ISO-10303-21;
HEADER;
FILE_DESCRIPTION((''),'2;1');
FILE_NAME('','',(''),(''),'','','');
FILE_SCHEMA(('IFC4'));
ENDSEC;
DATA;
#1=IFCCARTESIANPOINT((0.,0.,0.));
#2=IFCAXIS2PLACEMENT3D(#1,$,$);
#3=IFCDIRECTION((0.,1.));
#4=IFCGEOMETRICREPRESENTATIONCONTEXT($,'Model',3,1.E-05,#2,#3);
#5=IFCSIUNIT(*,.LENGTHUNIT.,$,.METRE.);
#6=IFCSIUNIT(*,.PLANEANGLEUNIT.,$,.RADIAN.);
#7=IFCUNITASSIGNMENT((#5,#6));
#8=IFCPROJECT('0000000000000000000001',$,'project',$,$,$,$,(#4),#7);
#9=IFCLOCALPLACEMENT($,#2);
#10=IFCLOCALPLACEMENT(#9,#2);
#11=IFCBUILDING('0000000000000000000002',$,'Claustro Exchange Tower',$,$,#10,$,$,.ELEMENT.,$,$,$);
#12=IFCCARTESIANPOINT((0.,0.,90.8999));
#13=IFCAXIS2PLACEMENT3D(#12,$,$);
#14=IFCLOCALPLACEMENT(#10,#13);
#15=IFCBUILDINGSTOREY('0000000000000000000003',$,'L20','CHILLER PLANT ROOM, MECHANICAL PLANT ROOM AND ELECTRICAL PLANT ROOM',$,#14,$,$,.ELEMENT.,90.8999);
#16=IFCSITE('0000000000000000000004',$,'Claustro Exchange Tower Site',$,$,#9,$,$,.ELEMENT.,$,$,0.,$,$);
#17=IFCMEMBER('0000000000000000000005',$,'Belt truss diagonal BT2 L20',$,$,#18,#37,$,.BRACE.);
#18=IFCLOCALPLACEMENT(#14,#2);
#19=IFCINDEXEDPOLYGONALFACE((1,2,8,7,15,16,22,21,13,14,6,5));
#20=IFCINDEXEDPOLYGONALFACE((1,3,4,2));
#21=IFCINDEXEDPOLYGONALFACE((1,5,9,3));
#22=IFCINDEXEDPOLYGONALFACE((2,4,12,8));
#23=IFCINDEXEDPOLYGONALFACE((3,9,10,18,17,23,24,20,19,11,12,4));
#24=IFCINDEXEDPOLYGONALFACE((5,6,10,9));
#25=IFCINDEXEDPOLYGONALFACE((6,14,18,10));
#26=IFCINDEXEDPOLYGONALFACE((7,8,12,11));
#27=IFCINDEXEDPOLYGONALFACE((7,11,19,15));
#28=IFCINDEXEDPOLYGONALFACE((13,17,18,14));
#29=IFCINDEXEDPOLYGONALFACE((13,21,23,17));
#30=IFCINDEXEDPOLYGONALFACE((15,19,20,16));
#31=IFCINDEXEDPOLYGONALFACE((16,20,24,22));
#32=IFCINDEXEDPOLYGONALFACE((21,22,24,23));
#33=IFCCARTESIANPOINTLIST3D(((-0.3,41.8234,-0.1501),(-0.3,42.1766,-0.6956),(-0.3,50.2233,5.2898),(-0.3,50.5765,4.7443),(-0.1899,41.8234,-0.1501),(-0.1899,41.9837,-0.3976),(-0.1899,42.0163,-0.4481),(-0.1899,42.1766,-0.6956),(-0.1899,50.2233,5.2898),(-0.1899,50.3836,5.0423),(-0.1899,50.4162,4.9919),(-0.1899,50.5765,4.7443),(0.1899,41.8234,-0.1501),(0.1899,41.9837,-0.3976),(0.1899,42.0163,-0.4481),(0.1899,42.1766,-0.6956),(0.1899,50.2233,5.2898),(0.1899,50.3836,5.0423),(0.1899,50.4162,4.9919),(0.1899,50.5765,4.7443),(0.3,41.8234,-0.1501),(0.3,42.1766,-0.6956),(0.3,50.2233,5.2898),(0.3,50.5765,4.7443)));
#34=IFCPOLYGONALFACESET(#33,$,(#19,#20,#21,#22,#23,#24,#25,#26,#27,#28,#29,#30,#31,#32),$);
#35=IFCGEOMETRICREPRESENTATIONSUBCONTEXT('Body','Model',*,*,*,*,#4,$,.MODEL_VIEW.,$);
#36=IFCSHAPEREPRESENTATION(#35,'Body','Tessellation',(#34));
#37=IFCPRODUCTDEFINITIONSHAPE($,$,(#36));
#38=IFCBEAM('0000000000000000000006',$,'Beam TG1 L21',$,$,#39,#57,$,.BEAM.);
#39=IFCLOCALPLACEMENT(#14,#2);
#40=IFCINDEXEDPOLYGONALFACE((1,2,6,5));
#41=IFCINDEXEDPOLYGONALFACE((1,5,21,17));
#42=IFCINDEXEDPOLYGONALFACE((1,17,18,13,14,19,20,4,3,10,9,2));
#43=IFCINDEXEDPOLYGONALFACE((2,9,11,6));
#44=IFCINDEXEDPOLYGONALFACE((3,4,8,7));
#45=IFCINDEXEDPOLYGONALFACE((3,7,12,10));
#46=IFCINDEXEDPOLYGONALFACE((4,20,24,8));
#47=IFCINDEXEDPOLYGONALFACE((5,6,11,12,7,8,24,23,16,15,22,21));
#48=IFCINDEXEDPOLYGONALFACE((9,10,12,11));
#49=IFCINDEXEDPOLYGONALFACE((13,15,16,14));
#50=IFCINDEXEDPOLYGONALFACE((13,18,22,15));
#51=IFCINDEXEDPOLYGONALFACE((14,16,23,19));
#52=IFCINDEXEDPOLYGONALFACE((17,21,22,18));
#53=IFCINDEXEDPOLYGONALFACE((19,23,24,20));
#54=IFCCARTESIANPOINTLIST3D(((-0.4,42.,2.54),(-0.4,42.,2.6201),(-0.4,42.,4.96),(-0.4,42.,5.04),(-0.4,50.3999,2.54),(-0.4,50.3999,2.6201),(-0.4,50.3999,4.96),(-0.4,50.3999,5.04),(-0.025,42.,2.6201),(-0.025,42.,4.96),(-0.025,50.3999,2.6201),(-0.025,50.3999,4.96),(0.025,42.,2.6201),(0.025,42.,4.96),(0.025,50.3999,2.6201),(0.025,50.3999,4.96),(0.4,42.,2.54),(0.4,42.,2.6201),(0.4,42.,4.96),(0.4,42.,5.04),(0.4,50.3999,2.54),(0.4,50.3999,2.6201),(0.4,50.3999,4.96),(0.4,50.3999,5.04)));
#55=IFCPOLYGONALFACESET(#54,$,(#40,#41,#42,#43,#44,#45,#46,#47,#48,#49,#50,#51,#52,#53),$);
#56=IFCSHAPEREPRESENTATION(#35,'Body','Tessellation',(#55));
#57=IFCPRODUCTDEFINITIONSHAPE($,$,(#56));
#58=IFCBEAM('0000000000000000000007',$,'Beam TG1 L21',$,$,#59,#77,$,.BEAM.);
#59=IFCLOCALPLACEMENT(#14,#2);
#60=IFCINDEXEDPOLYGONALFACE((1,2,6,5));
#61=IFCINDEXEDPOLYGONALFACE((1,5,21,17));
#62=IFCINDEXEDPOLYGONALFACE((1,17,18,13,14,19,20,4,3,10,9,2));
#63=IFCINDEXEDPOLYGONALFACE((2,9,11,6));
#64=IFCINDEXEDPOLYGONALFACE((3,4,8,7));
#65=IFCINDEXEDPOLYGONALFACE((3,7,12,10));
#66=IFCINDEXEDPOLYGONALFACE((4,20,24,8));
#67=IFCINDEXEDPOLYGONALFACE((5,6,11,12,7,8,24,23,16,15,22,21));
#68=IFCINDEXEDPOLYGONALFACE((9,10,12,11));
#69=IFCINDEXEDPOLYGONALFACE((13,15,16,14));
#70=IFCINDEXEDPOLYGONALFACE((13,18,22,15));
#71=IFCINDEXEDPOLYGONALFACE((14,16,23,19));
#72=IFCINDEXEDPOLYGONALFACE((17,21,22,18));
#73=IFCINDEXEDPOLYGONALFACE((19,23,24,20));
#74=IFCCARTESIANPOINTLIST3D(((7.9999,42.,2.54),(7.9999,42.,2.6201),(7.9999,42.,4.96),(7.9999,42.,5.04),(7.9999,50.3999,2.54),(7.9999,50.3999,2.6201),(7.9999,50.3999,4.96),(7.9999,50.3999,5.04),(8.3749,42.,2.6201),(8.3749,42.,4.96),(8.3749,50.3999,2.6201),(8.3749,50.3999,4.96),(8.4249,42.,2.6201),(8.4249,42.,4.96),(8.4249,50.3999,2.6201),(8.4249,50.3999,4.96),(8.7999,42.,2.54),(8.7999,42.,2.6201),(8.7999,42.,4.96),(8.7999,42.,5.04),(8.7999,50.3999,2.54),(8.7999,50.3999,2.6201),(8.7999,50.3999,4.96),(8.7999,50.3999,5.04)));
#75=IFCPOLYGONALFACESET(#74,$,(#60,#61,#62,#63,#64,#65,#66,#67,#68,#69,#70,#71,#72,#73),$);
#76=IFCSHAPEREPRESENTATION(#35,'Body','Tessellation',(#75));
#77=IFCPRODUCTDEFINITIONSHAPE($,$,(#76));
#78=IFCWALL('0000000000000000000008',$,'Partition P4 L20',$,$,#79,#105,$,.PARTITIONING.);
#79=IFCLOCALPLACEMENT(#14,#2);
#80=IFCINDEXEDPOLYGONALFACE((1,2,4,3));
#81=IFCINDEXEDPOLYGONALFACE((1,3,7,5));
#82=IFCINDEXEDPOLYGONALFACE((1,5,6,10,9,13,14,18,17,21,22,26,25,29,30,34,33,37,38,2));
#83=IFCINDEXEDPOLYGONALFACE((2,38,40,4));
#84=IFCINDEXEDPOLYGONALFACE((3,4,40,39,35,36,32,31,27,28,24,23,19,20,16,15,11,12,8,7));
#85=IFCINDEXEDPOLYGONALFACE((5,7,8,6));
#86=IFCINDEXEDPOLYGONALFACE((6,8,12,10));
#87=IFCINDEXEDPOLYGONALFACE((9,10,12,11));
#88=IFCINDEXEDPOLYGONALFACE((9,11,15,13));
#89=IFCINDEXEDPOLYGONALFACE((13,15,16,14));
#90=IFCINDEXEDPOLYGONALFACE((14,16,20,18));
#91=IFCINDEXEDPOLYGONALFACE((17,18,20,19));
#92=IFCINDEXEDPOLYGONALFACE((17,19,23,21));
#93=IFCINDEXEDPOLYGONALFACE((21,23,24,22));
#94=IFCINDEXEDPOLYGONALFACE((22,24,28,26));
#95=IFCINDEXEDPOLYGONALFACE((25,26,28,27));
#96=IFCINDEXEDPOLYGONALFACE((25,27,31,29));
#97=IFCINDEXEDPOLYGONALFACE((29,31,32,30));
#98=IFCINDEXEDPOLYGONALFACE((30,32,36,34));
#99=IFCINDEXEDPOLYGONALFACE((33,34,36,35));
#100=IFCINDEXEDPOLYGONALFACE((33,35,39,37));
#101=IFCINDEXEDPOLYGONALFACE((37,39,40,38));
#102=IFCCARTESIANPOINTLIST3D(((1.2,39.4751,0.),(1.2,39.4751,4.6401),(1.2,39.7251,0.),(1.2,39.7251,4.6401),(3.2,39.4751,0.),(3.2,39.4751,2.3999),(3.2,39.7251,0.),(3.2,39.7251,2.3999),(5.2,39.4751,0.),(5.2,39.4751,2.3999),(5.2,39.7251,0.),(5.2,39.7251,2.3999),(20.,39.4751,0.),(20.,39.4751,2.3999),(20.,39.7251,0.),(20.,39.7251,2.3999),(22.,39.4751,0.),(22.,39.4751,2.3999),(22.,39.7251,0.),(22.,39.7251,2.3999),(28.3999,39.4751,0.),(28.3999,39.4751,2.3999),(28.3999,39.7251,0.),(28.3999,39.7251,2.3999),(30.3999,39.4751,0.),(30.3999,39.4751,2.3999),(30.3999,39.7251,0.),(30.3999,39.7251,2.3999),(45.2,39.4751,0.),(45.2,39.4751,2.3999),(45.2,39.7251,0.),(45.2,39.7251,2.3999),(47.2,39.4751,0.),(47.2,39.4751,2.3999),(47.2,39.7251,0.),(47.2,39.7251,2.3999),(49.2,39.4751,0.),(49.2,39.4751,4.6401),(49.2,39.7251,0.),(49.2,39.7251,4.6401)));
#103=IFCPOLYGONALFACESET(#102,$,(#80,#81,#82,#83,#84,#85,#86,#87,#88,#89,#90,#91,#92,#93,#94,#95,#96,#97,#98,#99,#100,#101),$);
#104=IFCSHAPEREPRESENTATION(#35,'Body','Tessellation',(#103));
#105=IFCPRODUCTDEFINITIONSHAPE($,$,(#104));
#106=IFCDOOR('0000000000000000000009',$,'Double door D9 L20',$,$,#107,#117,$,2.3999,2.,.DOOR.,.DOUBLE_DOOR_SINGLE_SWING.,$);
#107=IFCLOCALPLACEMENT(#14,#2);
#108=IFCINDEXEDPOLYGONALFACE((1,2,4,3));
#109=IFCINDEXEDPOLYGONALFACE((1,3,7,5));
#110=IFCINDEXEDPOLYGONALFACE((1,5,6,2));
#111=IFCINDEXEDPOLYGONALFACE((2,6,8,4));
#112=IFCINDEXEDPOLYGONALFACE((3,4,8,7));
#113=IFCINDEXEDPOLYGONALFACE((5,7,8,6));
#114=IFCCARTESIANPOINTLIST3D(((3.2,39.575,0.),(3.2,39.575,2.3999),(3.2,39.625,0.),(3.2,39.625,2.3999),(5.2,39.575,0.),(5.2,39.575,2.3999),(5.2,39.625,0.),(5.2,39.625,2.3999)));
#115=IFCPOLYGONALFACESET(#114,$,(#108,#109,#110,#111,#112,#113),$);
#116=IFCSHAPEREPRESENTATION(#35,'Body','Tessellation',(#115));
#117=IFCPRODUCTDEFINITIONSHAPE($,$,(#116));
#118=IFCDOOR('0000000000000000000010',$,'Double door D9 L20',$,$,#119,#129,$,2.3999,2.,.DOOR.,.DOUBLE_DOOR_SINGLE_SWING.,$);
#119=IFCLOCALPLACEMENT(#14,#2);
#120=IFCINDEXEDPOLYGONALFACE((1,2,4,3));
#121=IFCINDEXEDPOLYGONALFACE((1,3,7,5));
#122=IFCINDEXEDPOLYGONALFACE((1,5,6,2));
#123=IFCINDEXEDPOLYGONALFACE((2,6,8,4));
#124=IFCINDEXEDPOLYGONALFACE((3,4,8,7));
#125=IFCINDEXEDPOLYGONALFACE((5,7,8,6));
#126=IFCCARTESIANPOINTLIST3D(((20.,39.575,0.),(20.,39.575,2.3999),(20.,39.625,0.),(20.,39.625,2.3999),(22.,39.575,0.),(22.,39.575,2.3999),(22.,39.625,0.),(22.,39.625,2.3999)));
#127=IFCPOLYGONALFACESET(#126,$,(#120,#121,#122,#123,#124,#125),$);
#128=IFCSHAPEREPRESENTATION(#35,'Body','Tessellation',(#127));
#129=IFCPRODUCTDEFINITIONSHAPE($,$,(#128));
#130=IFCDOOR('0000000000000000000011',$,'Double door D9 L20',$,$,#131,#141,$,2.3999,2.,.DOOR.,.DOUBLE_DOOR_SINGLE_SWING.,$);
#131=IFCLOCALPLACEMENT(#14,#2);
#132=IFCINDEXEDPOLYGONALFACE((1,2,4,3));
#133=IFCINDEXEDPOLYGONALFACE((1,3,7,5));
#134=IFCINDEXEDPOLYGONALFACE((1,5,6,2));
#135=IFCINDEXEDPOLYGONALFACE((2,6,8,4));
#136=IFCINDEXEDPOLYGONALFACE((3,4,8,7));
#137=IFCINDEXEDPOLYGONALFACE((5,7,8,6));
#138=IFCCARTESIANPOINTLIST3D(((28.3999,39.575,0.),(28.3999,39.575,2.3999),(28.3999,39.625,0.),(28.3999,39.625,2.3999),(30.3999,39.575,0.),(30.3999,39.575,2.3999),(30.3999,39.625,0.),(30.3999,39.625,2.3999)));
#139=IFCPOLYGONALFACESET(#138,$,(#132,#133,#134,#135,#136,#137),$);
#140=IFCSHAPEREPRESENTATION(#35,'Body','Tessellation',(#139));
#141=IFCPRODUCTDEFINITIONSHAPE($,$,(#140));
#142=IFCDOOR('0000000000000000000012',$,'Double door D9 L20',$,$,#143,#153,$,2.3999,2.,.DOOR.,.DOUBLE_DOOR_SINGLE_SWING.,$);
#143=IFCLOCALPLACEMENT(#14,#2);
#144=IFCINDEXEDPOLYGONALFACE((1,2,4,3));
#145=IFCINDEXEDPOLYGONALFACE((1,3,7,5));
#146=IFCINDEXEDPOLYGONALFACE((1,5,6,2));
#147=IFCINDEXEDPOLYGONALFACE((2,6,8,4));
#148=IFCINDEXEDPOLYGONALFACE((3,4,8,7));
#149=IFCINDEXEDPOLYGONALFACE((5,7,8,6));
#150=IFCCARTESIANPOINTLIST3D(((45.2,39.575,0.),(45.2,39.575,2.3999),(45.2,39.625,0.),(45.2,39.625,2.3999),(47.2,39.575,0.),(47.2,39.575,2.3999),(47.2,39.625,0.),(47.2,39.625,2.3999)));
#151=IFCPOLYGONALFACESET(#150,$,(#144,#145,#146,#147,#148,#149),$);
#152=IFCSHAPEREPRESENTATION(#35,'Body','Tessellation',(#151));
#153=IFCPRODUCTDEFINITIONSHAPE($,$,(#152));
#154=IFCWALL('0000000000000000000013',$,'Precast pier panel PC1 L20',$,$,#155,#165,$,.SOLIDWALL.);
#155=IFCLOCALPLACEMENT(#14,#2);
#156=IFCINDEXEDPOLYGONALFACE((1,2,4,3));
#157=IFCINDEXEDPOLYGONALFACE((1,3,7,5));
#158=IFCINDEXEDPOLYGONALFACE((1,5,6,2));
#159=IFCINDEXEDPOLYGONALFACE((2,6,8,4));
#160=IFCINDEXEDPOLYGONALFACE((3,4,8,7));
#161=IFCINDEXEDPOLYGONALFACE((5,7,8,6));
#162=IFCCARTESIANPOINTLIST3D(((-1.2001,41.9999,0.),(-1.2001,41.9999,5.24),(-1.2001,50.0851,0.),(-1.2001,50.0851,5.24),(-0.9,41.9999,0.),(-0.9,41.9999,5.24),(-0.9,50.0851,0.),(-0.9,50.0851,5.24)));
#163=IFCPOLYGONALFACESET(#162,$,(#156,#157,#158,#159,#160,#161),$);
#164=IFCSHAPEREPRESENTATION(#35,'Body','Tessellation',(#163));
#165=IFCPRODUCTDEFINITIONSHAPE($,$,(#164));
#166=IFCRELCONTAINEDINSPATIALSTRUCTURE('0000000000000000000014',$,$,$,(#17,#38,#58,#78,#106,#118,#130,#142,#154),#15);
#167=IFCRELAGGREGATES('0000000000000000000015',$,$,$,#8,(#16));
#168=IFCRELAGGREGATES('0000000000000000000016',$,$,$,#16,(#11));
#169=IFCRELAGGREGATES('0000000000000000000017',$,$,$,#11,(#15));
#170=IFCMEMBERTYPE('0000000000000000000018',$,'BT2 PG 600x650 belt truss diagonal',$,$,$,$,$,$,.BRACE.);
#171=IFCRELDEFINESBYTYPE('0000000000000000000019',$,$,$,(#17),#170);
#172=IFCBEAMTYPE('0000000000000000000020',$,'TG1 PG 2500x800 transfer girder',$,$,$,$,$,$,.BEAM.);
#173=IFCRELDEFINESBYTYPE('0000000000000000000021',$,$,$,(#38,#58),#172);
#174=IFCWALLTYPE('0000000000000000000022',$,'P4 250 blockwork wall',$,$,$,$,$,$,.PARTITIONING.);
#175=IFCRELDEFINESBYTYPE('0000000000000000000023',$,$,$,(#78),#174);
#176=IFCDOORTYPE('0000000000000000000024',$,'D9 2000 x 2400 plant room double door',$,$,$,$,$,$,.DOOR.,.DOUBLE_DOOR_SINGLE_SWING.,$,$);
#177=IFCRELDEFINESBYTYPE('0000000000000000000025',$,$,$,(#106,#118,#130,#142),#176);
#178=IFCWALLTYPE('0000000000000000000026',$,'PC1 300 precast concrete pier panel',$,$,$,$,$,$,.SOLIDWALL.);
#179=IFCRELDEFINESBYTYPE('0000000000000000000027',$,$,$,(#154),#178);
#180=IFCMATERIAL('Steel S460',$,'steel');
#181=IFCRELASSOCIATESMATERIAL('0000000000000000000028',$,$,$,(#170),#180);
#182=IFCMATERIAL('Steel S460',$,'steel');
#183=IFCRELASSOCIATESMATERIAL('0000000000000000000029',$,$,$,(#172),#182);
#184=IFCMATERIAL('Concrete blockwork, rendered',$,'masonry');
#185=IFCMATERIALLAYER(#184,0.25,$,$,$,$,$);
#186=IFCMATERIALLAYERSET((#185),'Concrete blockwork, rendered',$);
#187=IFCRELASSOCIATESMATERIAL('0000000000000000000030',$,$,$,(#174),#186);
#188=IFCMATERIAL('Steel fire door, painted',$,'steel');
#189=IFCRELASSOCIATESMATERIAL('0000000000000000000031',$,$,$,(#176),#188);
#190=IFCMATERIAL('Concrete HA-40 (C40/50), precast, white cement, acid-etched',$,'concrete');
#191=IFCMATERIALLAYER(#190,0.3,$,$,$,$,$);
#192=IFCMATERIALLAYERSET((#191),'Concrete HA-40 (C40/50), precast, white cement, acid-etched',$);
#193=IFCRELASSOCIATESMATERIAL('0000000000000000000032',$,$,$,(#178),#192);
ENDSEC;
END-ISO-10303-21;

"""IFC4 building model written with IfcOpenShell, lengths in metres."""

from ifc_helpers import new_model, si_unit, direction, frame, frame_2d, origin, origin_2d, place, context, subcontext, project, spatial, rectangle, i_section, extrude, material, layer, layer_set, material_profile, profile_set, type_object, element, fill, save


model = new_model("IFC4")

# Units and contexts
model_context = context("Model", 3, precision=1e-05, world=origin(), true_north=direction((0.0, 1.0)))
body_context = subcontext(model_context, "Body", "Model", "MODEL_VIEW")
ifc_project = project(units=[si_unit("LENGTHUNIT", "METRE"), si_unit("PLANEANGLEUNIT", "RADIAN")], contexts=[model_context])

# Site, building, storey
site_placement = place(None, origin())
site = spatial("IfcSite", under=ifc_project, at=site_placement, Name="Claustro Exchange Tower Site", CompositionType="ELEMENT", RefElevation=0.0)
building_placement = place(site_placement, origin())
building = spatial("IfcBuilding", under=site, at=building_placement, Name="Claustro Exchange Tower", CompositionType="ELEMENT")
storey_placement = place(building_placement, frame((0.0, 0.0, 90.8999)))
storey = spatial("IfcBuildingStorey", under=building, at=storey_placement, Name="L20", Description="CHILLER PLANT ROOM, MECHANICAL PLANT ROOM AND ELECTRICAL PLANT ROOM", CompositionType="ELEMENT", Elevation=90.8999)

# Member
ifc_material_1 = material(Name="Steel S460", Category="steel")
ifc_material_profile_1 = material_profile(ifc_material_1, i_section(OverallWidth=0.6499, OverallDepth=0.6001, WebThickness=0.0601, FlangeThickness=0.1101, at=origin_2d()), Name="PG 600x650")
ifc_profile_set_1 = profile_set([ifc_material_profile_1], Name="Steel S460")
member_type = type_object("IfcMemberType", Name="BT2 PG 600x650 belt truss diagonal", PredefinedType="BRACE", material=ifc_profile_set_1)
member_1_placement = place(storey_placement, frame((0.0, 42.0, -0.4229), z_axis=(0.0, 0.839355, 0.543583), x_axis=(0.0, -0.543583, 0.839355)))
element("IfcMember", 1, at=member_1_placement, inside=storey, type_object=member_type, Name="Belt truss diagonal BT2 L20", PredefinedType="BRACE", context=body_context, shape_type="SweptSolid", body=[
    extrude(i_section(OverallWidth=0.6499, OverallDepth=0.6001, WebThickness=0.0601, FlangeThickness=0.1101, at=origin_2d()), origin(), (0.0, 0.0, 1.0), 10.0076),
])

# Beams
ifc_material_2 = material(Name="Steel S460", Category="steel")
ifc_material_profile_2 = material_profile(ifc_material_2, i_section(OverallWidth=0.8, OverallDepth=2.5, WebThickness=0.05, FlangeThickness=0.0801, at=origin_2d()), Name="PG 2500x800")
ifc_profile_set_2 = profile_set([ifc_material_profile_2], Name="Steel S460")
beam_type_1 = type_object("IfcBeamType", Name="TG1 PG 2500x800 transfer girder", PredefinedType="BEAM", material=ifc_profile_set_2)
for number, where, z_axis, x_axis, name in (
    (2, (0.0, 42.0, 3.79), (0.0, 1.0, 0.0), (-1.0, 0.0, 0.0), "Beam TG1 L21"),
    (3, (8.3999, 42.0, 3.79), (0.0, 1.0, 0.0), (-1.0, 0.0, 0.0), "Beam TG1 L21"),
):
    element("IfcBeam", number, at=place(storey_placement, frame(where, z_axis=z_axis, x_axis=x_axis)), inside=storey, type_object=beam_type_1, Name=name, PredefinedType="BEAM", context=body_context, shape_type="SweptSolid", body=[
        extrude(i_section(OverallWidth=0.8, OverallDepth=2.5, WebThickness=0.05, FlangeThickness=0.0801, at=origin_2d()), origin(), (0.0, 0.0, 1.0), 8.3999),
    ])

# Wall, openings, doors
ifc_material_3 = material(Name="Concrete blockwork, rendered", Category="masonry")
ifc_layer_1 = layer(ifc_material_3, 0.25)
ifc_layer_set_1 = layer_set([ifc_layer_1], Name="Concrete blockwork, rendered")
wall_type_1 = type_object("IfcWallType", Name="P4 250 blockwork wall", PredefinedType="PARTITIONING", material=ifc_layer_set_1)
wall_1_placement = place(storey_placement, frame((1.2, 39.6001, 0.0), z_axis=(0.0, 0.0, 1.0), x_axis=(1.0, 0.0, 0.0)))
wall_1 = element("IfcWall", 4, at=wall_1_placement, inside=storey, type_object=wall_type_1, Name="Partition P4 L20", PredefinedType="PARTITIONING", context=body_context, shape_type="SweptSolid", body=[
    extrude(rectangle(XDim=48.0, YDim=0.25, at=frame_2d((24.0, 0.0))), origin(), (0.0, 0.0, 1.0), 4.6401),
])
opening_1_placement = place(wall_1_placement, frame((2.0, 0.0, 0.0)))
opening_1 = element("IfcOpeningElement", 5, at=opening_1_placement, cuts=wall_1, PredefinedType="OPENING", context=body_context, shape_type="SweptSolid", body=[
    extrude(rectangle(XDim=2.0, YDim=2.3999, at=frame_2d((1.0, 1.2))), frame((0.0, 0.135, 0.0), z_axis=(0.0, -1.0, 0.0), x_axis=(1.0, 0.0, 0.0)), (0.0, 0.0, 1.0), 0.27),
])
opening_2_placement = place(wall_1_placement, frame((18.8, 0.0, 0.0)))
opening_2 = element("IfcOpeningElement", 6, at=opening_2_placement, cuts=wall_1, PredefinedType="OPENING", context=body_context, shape_type="SweptSolid", body=[
    extrude(rectangle(XDim=2.0, YDim=2.3999, at=frame_2d((1.0, 1.2))), frame((0.0, 0.135, 0.0), z_axis=(0.0, -1.0, 0.0), x_axis=(1.0, 0.0, 0.0)), (0.0, 0.0, 1.0), 0.27),
])
opening_3_placement = place(wall_1_placement, frame((27.2, 0.0, 0.0)))
opening_3 = element("IfcOpeningElement", 7, at=opening_3_placement, cuts=wall_1, PredefinedType="OPENING", context=body_context, shape_type="SweptSolid", body=[
    extrude(rectangle(XDim=2.0, YDim=2.3999, at=frame_2d((1.0, 1.2))), frame((0.0, 0.135, 0.0), z_axis=(0.0, -1.0, 0.0), x_axis=(1.0, 0.0, 0.0)), (0.0, 0.0, 1.0), 0.27),
])
opening_4_placement = place(wall_1_placement, frame((44.0, 0.0, 0.0)))
opening_4 = element("IfcOpeningElement", 8, at=opening_4_placement, cuts=wall_1, PredefinedType="OPENING", context=body_context, shape_type="SweptSolid", body=[
    extrude(rectangle(XDim=2.0, YDim=2.3999, at=frame_2d((1.0, 1.2))), frame((0.0, 0.135, 0.0), z_axis=(0.0, -1.0, 0.0), x_axis=(1.0, 0.0, 0.0)), (0.0, 0.0, 1.0), 0.27),
])
ifc_material_4 = material(Name="Steel fire door, painted", Category="steel")
door_type = type_object("IfcDoorType", Name="D9 2000 x 2400 plant room double door", OperationType="DOUBLE_DOOR_SINGLE_SWING", PredefinedType="DOOR", material=ifc_material_4)
door_1_placement = place(opening_1_placement, origin())
door_1 = element("IfcDoor", 9, at=door_1_placement, inside=storey, type_object=door_type, Name="Double door D9 L20", OperationType="DOUBLE_DOOR_SINGLE_SWING", OverallHeight=2.3999, OverallWidth=2.0, PredefinedType="DOOR", context=body_context, shape_type="SweptSolid", body=[
    extrude(rectangle(XDim=2.0, YDim=2.3999, at=frame_2d((1.0, 1.2))), frame((0.0, 0.0249, 0.0), z_axis=(0.0, -1.0, 0.0), x_axis=(1.0, 0.0, 0.0)), (0.0, 0.0, 1.0), 0.05),
])
fill(opening_1, door_1)
door_2_placement = place(opening_2_placement, origin())
door_2 = element("IfcDoor", 10, at=door_2_placement, inside=storey, type_object=door_type, Name="Double door D9 L20", OperationType="DOUBLE_DOOR_SINGLE_SWING", OverallHeight=2.3999, OverallWidth=2.0, PredefinedType="DOOR", context=body_context, shape_type="SweptSolid", body=[
    extrude(rectangle(XDim=2.0, YDim=2.3999, at=frame_2d((1.0, 1.2))), frame((0.0, 0.0249, 0.0), z_axis=(0.0, -1.0, 0.0), x_axis=(1.0, 0.0, 0.0)), (0.0, 0.0, 1.0), 0.05),
])
fill(opening_2, door_2)
door_3_placement = place(opening_3_placement, origin())
door_3 = element("IfcDoor", 11, at=door_3_placement, inside=storey, type_object=door_type, Name="Double door D9 L20", OperationType="DOUBLE_DOOR_SINGLE_SWING", OverallHeight=2.3999, OverallWidth=2.0, PredefinedType="DOOR", context=body_context, shape_type="SweptSolid", body=[
    extrude(rectangle(XDim=2.0, YDim=2.3999, at=frame_2d((1.0, 1.2))), frame((0.0, 0.0249, 0.0), z_axis=(0.0, -1.0, 0.0), x_axis=(1.0, 0.0, 0.0)), (0.0, 0.0, 1.0), 0.05),
])
fill(opening_3, door_3)
door_4_placement = place(opening_4_placement, origin())
door_4 = element("IfcDoor", 12, at=door_4_placement, inside=storey, type_object=door_type, Name="Double door D9 L20", OperationType="DOUBLE_DOOR_SINGLE_SWING", OverallHeight=2.3999, OverallWidth=2.0, PredefinedType="DOOR", context=body_context, shape_type="SweptSolid", body=[
    extrude(rectangle(XDim=2.0, YDim=2.3999, at=frame_2d((1.0, 1.2))), frame((0.0, 0.0249, 0.0), z_axis=(0.0, -1.0, 0.0), x_axis=(1.0, 0.0, 0.0)), (0.0, 0.0, 1.0), 0.05),
])
fill(opening_4, door_4)

# Wall
ifc_material_5 = material(Name="Concrete HA-40 (C40/50), precast, white cement, acid-etched", Category="concrete")
ifc_layer_2 = layer(ifc_material_5, 0.3)
ifc_layer_set_2 = layer_set([ifc_layer_2], Name="Concrete HA-40 (C40/50), precast, white cement, acid-etched")
wall_type_2 = type_object("IfcWallType", Name="PC1 300 precast concrete pier panel", PredefinedType="SOLIDWALL", material=ifc_layer_set_2)
wall_2_placement = place(storey_placement, frame((-1.05, 42.0, 0.0), z_axis=(0.0, 0.0, 1.0), x_axis=(0.0, 1.0, 0.0)))
element("IfcWall", 13, at=wall_2_placement, inside=storey, type_object=wall_type_2, Name="Precast pier panel PC1 L20", PredefinedType="SOLIDWALL", context=body_context, shape_type="SweptSolid", body=[
    extrude(rectangle(XDim=8.0852, YDim=0.3, at=frame_2d((4.0425, 0.0))), origin(), (0.0, 0.0, 1.0), 5.24),
])

save(model, "model.ifc")
